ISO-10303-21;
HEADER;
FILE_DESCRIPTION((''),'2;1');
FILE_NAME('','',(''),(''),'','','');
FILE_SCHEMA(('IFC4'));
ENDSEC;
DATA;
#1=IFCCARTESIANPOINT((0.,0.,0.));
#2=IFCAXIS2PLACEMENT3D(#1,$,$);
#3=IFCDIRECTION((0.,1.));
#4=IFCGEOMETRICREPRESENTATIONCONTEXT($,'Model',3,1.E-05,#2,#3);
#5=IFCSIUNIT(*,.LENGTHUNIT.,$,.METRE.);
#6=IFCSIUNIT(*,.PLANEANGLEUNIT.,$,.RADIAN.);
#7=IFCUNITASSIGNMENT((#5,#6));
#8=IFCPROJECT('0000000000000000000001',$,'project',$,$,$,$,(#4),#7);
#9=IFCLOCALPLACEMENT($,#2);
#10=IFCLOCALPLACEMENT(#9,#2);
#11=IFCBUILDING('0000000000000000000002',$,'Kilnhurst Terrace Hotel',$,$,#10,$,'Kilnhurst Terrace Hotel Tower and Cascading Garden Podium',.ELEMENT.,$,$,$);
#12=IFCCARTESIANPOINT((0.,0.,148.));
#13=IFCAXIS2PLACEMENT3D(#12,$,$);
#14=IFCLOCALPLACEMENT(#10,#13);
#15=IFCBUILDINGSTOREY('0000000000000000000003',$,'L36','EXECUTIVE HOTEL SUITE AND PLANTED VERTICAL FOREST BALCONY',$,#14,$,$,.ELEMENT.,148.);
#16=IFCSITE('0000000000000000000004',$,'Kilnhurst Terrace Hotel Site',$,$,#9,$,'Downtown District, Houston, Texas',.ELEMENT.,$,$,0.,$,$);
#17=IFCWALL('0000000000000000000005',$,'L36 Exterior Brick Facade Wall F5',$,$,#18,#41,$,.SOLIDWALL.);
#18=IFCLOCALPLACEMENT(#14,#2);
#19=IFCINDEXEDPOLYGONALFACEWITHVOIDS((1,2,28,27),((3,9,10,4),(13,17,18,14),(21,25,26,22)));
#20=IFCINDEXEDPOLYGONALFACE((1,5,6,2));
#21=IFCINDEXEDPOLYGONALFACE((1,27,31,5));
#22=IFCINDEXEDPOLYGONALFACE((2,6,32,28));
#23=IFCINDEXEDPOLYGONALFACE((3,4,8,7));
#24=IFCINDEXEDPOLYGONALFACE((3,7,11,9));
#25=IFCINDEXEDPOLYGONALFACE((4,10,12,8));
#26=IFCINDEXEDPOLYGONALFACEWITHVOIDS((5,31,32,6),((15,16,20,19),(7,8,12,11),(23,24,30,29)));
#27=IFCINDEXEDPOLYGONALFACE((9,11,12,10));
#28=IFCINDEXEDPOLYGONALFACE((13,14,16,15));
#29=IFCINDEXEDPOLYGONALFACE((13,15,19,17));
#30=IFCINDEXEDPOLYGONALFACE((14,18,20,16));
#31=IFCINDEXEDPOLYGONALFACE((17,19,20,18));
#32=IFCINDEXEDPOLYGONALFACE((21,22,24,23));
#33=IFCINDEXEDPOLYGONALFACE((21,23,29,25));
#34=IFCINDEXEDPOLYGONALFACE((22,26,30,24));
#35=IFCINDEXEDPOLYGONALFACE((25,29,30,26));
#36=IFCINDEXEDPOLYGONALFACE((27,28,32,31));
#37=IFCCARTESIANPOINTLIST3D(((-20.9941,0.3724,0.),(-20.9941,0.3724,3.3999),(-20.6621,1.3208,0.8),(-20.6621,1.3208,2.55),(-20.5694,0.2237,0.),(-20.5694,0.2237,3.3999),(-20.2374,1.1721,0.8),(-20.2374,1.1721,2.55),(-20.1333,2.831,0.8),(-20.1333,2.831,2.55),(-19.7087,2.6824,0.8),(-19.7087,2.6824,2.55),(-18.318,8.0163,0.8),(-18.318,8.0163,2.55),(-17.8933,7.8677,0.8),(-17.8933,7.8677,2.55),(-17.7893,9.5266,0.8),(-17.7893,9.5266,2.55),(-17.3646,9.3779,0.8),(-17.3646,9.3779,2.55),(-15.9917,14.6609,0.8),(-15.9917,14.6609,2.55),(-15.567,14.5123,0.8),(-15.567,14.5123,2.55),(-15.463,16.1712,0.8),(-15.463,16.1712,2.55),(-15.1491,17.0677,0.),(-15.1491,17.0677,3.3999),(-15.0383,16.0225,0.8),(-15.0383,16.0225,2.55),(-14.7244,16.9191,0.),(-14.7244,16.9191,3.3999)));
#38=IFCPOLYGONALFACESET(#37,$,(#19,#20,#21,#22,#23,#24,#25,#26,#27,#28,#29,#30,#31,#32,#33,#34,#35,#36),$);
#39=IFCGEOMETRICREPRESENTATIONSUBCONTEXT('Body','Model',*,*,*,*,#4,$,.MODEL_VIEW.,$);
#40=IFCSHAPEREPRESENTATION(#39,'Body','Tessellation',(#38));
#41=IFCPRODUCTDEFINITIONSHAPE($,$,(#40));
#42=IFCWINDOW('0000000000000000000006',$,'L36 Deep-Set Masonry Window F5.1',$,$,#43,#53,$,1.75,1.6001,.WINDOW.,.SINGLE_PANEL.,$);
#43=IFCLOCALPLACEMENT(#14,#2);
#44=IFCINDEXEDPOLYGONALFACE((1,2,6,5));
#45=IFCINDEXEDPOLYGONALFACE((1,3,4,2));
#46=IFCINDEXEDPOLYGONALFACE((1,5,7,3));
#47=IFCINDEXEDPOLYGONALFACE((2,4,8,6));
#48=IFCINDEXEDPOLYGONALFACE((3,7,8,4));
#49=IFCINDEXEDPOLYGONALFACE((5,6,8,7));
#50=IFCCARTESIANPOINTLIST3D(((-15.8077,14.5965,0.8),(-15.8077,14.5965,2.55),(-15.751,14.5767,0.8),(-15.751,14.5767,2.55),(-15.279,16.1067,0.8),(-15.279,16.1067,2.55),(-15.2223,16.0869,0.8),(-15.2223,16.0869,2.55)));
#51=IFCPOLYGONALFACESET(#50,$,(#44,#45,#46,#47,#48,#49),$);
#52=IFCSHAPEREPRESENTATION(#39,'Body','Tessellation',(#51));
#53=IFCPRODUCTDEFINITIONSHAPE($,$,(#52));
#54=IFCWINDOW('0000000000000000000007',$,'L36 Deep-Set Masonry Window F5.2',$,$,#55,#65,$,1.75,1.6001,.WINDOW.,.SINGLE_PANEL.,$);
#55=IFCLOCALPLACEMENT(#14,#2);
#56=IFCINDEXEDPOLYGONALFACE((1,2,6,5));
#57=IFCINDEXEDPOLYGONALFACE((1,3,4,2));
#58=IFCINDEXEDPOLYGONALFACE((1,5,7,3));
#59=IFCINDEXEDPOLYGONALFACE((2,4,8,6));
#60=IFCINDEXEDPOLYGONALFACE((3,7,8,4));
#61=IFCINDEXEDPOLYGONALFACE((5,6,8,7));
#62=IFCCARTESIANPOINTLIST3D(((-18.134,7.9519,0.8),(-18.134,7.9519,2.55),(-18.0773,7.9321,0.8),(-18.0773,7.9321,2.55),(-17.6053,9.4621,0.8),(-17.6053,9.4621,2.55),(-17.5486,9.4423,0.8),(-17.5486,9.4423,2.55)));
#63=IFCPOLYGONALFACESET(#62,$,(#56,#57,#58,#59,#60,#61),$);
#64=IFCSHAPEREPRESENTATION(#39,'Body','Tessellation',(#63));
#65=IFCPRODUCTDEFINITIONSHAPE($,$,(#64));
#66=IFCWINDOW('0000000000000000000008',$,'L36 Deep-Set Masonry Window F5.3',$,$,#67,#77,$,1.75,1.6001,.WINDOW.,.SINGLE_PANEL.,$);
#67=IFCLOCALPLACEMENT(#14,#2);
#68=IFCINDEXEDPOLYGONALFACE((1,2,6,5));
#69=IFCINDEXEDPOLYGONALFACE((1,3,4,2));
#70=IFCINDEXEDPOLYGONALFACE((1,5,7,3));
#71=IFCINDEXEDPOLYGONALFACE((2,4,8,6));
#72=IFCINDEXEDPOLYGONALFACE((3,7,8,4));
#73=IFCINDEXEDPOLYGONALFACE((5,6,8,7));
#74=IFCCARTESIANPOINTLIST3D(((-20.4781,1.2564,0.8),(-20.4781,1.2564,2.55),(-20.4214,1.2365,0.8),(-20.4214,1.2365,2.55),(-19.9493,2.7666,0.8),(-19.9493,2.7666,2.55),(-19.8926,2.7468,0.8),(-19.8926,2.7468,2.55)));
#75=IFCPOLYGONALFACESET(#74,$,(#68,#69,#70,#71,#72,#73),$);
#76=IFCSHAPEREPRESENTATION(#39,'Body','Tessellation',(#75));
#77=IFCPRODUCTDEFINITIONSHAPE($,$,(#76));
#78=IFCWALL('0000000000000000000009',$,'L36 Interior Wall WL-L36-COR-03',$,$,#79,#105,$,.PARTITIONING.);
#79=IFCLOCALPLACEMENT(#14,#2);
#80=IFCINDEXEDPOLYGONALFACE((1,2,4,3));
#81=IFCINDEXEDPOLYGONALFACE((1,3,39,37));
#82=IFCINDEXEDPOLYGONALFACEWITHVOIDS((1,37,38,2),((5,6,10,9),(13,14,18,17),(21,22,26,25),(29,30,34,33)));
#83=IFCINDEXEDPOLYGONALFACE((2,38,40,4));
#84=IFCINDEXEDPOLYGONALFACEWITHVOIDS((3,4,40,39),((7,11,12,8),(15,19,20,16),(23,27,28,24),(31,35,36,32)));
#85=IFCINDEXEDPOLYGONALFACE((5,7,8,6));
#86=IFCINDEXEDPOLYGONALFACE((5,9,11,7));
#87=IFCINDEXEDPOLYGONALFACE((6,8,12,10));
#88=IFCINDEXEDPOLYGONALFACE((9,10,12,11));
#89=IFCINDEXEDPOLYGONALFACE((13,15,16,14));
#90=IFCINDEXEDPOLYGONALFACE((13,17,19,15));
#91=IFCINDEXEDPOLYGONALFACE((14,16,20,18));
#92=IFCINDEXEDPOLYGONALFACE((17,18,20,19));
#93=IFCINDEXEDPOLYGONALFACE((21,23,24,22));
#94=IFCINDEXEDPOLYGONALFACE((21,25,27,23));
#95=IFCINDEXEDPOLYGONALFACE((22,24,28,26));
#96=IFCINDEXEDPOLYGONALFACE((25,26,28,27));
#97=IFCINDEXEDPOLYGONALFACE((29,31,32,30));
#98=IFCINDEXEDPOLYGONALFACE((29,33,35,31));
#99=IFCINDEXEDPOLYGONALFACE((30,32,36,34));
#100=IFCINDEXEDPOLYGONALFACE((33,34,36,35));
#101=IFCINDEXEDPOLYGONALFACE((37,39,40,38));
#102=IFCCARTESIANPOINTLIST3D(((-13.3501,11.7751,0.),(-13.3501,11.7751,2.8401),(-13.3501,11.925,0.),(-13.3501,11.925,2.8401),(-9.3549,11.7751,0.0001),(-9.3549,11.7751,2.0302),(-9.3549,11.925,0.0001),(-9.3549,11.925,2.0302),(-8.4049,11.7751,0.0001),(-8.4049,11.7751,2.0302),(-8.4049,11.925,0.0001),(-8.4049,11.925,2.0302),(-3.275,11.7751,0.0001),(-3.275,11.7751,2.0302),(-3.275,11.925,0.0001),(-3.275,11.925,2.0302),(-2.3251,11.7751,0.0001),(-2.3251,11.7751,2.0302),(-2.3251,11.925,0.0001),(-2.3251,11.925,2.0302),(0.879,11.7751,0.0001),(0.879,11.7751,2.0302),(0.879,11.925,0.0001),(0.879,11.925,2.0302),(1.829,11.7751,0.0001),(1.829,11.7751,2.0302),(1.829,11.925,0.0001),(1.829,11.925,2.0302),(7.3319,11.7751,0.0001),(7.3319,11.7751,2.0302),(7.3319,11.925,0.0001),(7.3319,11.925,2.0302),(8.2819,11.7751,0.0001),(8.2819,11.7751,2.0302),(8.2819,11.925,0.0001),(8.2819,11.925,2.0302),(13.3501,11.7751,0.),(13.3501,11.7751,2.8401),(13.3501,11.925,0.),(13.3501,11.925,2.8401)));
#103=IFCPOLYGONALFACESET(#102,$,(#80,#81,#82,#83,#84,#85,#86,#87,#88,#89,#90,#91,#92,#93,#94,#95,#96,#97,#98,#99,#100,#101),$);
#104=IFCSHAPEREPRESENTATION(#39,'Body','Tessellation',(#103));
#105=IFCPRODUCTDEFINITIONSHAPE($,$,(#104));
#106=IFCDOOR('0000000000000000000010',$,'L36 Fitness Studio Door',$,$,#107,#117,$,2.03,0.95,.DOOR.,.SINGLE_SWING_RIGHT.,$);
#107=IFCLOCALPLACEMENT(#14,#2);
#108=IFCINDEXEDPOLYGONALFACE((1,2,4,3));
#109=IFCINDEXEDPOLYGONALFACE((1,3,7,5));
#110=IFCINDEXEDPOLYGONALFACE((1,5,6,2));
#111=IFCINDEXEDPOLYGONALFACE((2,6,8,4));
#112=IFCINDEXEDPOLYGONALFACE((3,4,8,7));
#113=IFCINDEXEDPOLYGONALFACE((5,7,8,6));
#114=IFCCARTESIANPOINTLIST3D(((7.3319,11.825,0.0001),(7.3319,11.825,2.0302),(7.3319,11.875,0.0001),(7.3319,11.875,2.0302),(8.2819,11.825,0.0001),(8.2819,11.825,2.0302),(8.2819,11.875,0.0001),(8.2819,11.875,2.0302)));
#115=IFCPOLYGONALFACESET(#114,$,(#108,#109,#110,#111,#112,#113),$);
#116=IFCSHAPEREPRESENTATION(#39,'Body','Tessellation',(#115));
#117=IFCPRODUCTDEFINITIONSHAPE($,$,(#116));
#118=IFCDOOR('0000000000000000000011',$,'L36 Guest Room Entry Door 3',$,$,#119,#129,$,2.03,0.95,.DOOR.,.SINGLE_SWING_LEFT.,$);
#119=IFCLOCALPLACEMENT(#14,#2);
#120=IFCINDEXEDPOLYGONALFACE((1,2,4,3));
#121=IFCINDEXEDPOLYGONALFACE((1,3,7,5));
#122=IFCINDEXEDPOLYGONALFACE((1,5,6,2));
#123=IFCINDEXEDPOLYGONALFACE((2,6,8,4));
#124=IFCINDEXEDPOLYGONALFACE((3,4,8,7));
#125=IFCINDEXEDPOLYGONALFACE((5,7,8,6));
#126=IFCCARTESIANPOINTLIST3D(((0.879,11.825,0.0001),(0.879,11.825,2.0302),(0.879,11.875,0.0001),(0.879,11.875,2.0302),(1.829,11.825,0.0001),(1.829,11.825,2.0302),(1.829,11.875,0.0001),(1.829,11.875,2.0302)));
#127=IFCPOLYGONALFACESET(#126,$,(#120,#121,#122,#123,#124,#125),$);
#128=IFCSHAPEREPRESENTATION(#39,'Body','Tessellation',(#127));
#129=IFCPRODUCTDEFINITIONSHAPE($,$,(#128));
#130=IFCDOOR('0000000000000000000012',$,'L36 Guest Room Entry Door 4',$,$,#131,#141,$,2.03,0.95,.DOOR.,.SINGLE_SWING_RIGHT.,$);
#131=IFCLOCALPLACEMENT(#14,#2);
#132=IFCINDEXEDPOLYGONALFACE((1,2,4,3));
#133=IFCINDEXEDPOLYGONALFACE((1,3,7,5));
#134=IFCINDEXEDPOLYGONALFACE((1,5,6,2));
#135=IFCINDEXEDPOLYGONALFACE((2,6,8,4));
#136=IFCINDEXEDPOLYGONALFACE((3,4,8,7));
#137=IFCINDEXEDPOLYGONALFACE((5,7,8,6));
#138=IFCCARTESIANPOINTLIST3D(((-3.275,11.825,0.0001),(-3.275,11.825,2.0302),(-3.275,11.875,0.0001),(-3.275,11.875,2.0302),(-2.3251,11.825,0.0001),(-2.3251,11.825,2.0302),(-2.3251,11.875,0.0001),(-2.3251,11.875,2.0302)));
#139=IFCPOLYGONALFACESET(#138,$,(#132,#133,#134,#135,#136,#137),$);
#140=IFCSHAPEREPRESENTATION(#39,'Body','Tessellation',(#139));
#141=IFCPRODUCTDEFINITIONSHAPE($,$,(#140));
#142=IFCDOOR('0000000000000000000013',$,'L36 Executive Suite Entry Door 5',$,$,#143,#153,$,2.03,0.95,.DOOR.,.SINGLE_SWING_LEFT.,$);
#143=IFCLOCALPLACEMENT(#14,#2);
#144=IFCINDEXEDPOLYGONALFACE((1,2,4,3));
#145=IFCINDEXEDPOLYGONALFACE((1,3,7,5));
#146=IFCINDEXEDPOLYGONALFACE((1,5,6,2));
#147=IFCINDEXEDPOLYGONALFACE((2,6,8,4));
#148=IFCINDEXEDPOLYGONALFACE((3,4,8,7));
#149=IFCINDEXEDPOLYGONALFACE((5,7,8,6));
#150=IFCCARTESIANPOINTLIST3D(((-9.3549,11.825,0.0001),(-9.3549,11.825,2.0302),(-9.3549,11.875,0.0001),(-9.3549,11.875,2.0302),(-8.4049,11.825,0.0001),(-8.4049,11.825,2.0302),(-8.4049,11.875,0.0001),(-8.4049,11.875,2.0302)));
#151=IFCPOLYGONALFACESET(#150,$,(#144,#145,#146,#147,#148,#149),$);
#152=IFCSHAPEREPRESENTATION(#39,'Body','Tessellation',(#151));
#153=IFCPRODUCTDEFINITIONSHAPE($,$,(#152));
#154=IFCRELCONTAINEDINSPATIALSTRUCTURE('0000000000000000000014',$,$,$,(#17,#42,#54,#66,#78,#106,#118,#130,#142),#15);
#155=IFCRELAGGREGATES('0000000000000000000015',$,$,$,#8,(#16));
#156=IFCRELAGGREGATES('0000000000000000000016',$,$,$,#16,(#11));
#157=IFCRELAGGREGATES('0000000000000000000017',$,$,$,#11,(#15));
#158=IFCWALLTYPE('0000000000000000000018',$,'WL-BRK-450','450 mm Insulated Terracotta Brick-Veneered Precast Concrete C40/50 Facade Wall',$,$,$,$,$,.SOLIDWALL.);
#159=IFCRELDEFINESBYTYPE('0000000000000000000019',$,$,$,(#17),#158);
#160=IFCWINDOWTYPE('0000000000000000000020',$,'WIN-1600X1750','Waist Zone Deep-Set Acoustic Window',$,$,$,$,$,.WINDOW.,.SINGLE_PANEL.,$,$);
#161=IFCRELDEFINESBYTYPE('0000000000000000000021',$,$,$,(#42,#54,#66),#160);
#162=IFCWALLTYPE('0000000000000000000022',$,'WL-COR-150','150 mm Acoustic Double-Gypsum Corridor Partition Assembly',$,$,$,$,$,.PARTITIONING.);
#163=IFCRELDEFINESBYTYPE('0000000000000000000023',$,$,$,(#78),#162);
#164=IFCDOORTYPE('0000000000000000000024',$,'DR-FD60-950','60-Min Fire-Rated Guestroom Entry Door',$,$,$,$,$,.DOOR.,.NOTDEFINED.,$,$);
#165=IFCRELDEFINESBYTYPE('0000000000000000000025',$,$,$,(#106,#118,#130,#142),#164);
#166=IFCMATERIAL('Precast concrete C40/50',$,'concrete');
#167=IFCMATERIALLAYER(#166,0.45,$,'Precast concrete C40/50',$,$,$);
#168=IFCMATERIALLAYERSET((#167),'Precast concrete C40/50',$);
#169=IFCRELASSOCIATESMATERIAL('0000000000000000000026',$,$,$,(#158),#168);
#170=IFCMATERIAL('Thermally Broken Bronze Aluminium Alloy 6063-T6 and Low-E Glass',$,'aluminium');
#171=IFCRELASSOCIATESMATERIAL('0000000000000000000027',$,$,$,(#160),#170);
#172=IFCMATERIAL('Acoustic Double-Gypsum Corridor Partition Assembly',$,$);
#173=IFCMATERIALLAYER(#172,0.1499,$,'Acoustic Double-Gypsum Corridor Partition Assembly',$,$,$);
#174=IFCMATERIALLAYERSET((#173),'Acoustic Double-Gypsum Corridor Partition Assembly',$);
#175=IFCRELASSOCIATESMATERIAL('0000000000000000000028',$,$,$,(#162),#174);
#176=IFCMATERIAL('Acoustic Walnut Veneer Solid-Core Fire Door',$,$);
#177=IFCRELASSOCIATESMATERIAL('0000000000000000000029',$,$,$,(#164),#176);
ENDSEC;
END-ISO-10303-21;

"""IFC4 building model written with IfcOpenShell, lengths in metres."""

from ifc_helpers import new_model, si_unit, direction, frame, frame_2d, origin, place, context, subcontext, project, spatial, rectangle, extrude, material, layer, layer_set, type_object, element, fill, save


model = new_model("IFC4")

# Units and contexts
model_context = context("Model", 3, precision=1e-05, world=origin(), true_north=direction((0.0, 1.0)))
body_context = subcontext(model_context, "Body", "Model", "MODEL_VIEW")
ifc_project = project(units=[si_unit("LENGTHUNIT", "METRE"), si_unit("PLANEANGLEUNIT", "RADIAN")], contexts=[model_context])

# Site, building, storey
site_placement = place(None, origin())
site = spatial("IfcSite", under=ifc_project, at=site_placement, Name="Kilnhurst Terrace Hotel Site", LongName="Downtown District, Houston, Texas", CompositionType="ELEMENT", RefElevation=0.0)
building_placement = place(site_placement, origin())
building = spatial("IfcBuilding", under=site, at=building_placement, Name="Kilnhurst Terrace Hotel", LongName="Kilnhurst Terrace Hotel Tower and Cascading Garden Podium", CompositionType="ELEMENT")
storey_placement = place(building_placement, frame((0.0, 0.0, 148.0)))
storey = spatial("IfcBuildingStorey", under=building, at=storey_placement, Name="L36", Description="EXECUTIVE HOTEL SUITE AND PLANTED VERTICAL FOREST BALCONY", CompositionType="ELEMENT", Elevation=148.0)

# Shared definitions
ifc_material_1 = material(Name="Precast concrete C40/50", Category="concrete")
ifc_layer_1 = layer(ifc_material_1, 0.45, Name="Precast concrete C40/50")
ifc_layer_set_1 = layer_set([ifc_layer_1], Name="Precast concrete C40/50")
wall_type_1 = type_object("IfcWallType", Name="WL-BRK-450", Description="450 mm Insulated Terracotta Brick-Veneered Precast Concrete C40/50 Facade Wall", PredefinedType="SOLIDWALL", material=ifc_layer_set_1)

# Wall, openings, windows
wall_1_placement = place(storey_placement, frame((-14.9368, 16.9934, 0.0), z_axis=(0.0, 0.0, 1.0), x_axis=(-0.330432, -0.94383, 0.0)))
wall_1 = element("IfcWall", 1, at=wall_1_placement, inside=storey, type_object=wall_type_1, Name="L36 Exterior Brick Facade Wall F5", PredefinedType="SOLIDWALL", context=body_context, shape_type="SweptSolid", body=[
    extrude(rectangle(XDim=17.689, YDim=0.45, at=frame_2d((8.8445, 0.0))), origin(), (0.0, 0.0, 1.0), 3.3999),
])
opening_1_placement = place(wall_1_placement, frame((0.95, 0.0, 0.8)))
opening_1 = element("IfcOpeningElement", 2, at=opening_1_placement, cuts=wall_1, PredefinedType="OPENING", context=body_context, shape_type="SweptSolid", body=[
    extrude(rectangle(XDim=1.6001, YDim=1.75, at=frame_2d((0.8, 0.875))), frame((0.0, 0.2349, 0.0), z_axis=(0.0, -1.0, 0.0), x_axis=(1.0, 0.0, 0.0)), (0.0, 0.0, 1.0), 0.47),
])
opening_2_placement = place(wall_1_placement, frame((7.99, 0.0, 0.8)))
opening_2 = element("IfcOpeningElement", 3, at=opening_2_placement, cuts=wall_1, PredefinedType="OPENING", context=body_context, shape_type="SweptSolid", body=[
    extrude(rectangle(XDim=1.6001, YDim=1.75, at=frame_2d((0.8, 0.875))), frame((0.0, 0.2349, 0.0), z_axis=(0.0, -1.0, 0.0), x_axis=(1.0, 0.0, 0.0)), (0.0, 0.0, 1.0), 0.47),
])
opening_3_placement = place(wall_1_placement, frame((15.084, 0.0, 0.8)))
opening_3 = element("IfcOpeningElement", 4, at=opening_3_placement, cuts=wall_1, PredefinedType="OPENING", context=body_context, shape_type="SweptSolid", body=[
    extrude(rectangle(XDim=1.6001, YDim=1.75, at=frame_2d((0.8, 0.875))), frame((0.0, 0.2349, 0.0), z_axis=(0.0, -1.0, 0.0), x_axis=(1.0, 0.0, 0.0)), (0.0, 0.0, 1.0), 0.47),
])
ifc_material_2 = material(Name="Thermally Broken Bronze Aluminium Alloy 6063-T6 and Low-E Glass", Category="aluminium")
window_type = type_object("IfcWindowType", Name="WIN-1600X1750", Description="Waist Zone Deep-Set Acoustic Window", PartitioningType="SINGLE_PANEL", PredefinedType="WINDOW", material=ifc_material_2)
window_1_placement = place(opening_1_placement, origin())
window_1 = element("IfcWindow", 5, at=window_1_placement, inside=storey, type_object=window_type, Name="L36 Deep-Set Masonry Window F5.1", OverallHeight=1.75, OverallWidth=1.6001, PartitioningType="SINGLE_PANEL", PredefinedType="WINDOW", context=body_context, shape_type="SweptSolid", body=[
    extrude(rectangle(XDim=1.6001, YDim=1.75, at=frame_2d((0.8, 0.875))), frame((0.0, 0.03, 0.0), z_axis=(0.0, -1.0, 0.0), x_axis=(1.0, 0.0, 0.0)), (0.0, 0.0, 1.0), 0.0601),
])
fill(opening_1, window_1)
window_2_placement = place(opening_2_placement, origin())
window_2 = element("IfcWindow", 6, at=window_2_placement, inside=storey, type_object=window_type, Name="L36 Deep-Set Masonry Window F5.2", OverallHeight=1.75, OverallWidth=1.6001, PartitioningType="SINGLE_PANEL", PredefinedType="WINDOW", context=body_context, shape_type="SweptSolid", body=[
    extrude(rectangle(XDim=1.6001, YDim=1.75, at=frame_2d((0.8, 0.875))), frame((0.0, 0.03, 0.0), z_axis=(0.0, -1.0, 0.0), x_axis=(1.0, 0.0, 0.0)), (0.0, 0.0, 1.0), 0.0601),
])
fill(opening_2, window_2)
window_3_placement = place(opening_3_placement, origin())
window_3 = element("IfcWindow", 7, at=window_3_placement, inside=storey, type_object=window_type, Name="L36 Deep-Set Masonry Window F5.3", OverallHeight=1.75, OverallWidth=1.6001, PartitioningType="SINGLE_PANEL", PredefinedType="WINDOW", context=body_context, shape_type="SweptSolid", body=[
    extrude(rectangle(XDim=1.6001, YDim=1.75, at=frame_2d((0.8, 0.875))), frame((0.0, 0.03, 0.0), z_axis=(0.0, -1.0, 0.0), x_axis=(1.0, 0.0, 0.0)), (0.0, 0.0, 1.0), 0.0601),
])
fill(opening_3, window_3)

# Wall, openings, doors
ifc_material_3 = material(Name="Acoustic Double-Gypsum Corridor Partition Assembly")
ifc_layer_2 = layer(ifc_material_3, 0.1499, Name="Acoustic Double-Gypsum Corridor Partition Assembly")
ifc_layer_set_2 = layer_set([ifc_layer_2], Name="Acoustic Double-Gypsum Corridor Partition Assembly")
wall_type_2 = type_object("IfcWallType", Name="WL-COR-150", Description="150 mm Acoustic Double-Gypsum Corridor Partition Assembly", PredefinedType="PARTITIONING", material=ifc_layer_set_2)
wall_2_placement = place(storey_placement, frame((-13.3501, 11.8501, 0.0), z_axis=(0.0, 0.0, 1.0), x_axis=(1.0, 0.0, 0.0)))
wall_2 = element("IfcWall", 8, at=wall_2_placement, inside=storey, type_object=wall_type_2, Name="L36 Interior Wall WL-L36-COR-03", PredefinedType="PARTITIONING", context=body_context, shape_type="SweptSolid", body=[
    extrude(rectangle(XDim=26.7002, YDim=0.1499, at=frame_2d((13.3501, 0.0))), origin(), (0.0, 0.0, 1.0), 2.8401),
])
opening_4_placement = place(wall_2_placement, frame((20.6819, 0.0, 0.0)))
opening_4 = element("IfcOpeningElement", 9, at=opening_4_placement, cuts=wall_2, PredefinedType="OPENING", context=body_context, shape_type="SweptSolid", body=[
    extrude(rectangle(XDim=0.95, YDim=2.03, at=frame_2d((0.4751, 1.0151))), frame((0.0, 0.085, 0.0), z_axis=(0.0, -1.0, 0.0), x_axis=(1.0, 0.0, 0.0)), (0.0, 0.0, 1.0), 0.1699),
])
opening_5_placement = place(wall_2_placement, frame((14.229, 0.0, 0.0)))
opening_5 = element("IfcOpeningElement", 10, at=opening_5_placement, cuts=wall_2, PredefinedType="OPENING", context=body_context, shape_type="SweptSolid", body=[
    extrude(rectangle(XDim=0.95, YDim=2.03, at=frame_2d((0.4751, 1.0151))), frame((0.0, 0.085, 0.0), z_axis=(0.0, -1.0, 0.0), x_axis=(1.0, 0.0, 0.0)), (0.0, 0.0, 1.0), 0.1699),
])
opening_6_placement = place(wall_2_placement, frame((10.075, 0.0, 0.0)))
opening_6 = element("IfcOpeningElement", 11, at=opening_6_placement, cuts=wall_2, PredefinedType="OPENING", context=body_context, shape_type="SweptSolid", body=[
    extrude(rectangle(XDim=0.95, YDim=2.03, at=frame_2d((0.4751, 1.0151))), frame((0.0, 0.085, 0.0), z_axis=(0.0, -1.0, 0.0), x_axis=(1.0, 0.0, 0.0)), (0.0, 0.0, 1.0), 0.1699),
])
opening_7_placement = place(wall_2_placement, frame((3.9951, 0.0, 0.0)))
opening_7 = element("IfcOpeningElement", 12, at=opening_7_placement, cuts=wall_2, PredefinedType="OPENING", context=body_context, shape_type="SweptSolid", body=[
    extrude(rectangle(XDim=0.95, YDim=2.03, at=frame_2d((0.4751, 1.0151))), frame((0.0, 0.085, 0.0), z_axis=(0.0, -1.0, 0.0), x_axis=(1.0, 0.0, 0.0)), (0.0, 0.0, 1.0), 0.1699),
])
ifc_material_4 = material(Name="Acoustic Walnut Veneer Solid-Core Fire Door")
door_type_1 = type_object("IfcDoorType", Name="DR-FD60-950", Description="60-Min Fire-Rated Guestroom Entry Door", OperationType="NOTDEFINED", PredefinedType="DOOR", material=ifc_material_4)
door_1_placement = place(opening_4_placement, origin())
door_1 = element("IfcDoor", 13, at=door_1_placement, inside=storey, type_object=door_type_1, Name="L36 Fitness Studio Door", OperationType="SINGLE_SWING_RIGHT", OverallHeight=2.03, OverallWidth=0.95, PredefinedType="DOOR", context=body_context, shape_type="SweptSolid", body=[
    extrude(rectangle(XDim=0.95, YDim=2.03, at=frame_2d((0.4751, 1.0151))), frame((0.0, 0.0249, 0.0), z_axis=(0.0, -1.0, 0.0), x_axis=(1.0, 0.0, 0.0)), (0.0, 0.0, 1.0), 0.05),
])
fill(opening_4, door_1)
door_2_placement = place(opening_5_placement, origin())
door_2 = element("IfcDoor", 14, at=door_2_placement, inside=storey, type_object=door_type_1, Name="L36 Guest Room Entry Door 3", OperationType="SINGLE_SWING_LEFT", OverallHeight=2.03, OverallWidth=0.95, PredefinedType="DOOR", context=body_context, shape_type="SweptSolid", body=[
    extrude(rectangle(XDim=0.95, YDim=2.03, at=frame_2d((0.4751, 1.0151))), frame((0.0, 0.0249, 0.0), z_axis=(0.0, -1.0, 0.0), x_axis=(1.0, 0.0, 0.0)), (0.0, 0.0, 1.0), 0.05),
])
fill(opening_5, door_2)
door_3_placement = place(opening_6_placement, origin())
door_3 = element("IfcDoor", 15, at=door_3_placement, inside=storey, type_object=door_type_1, Name="L36 Guest Room Entry Door 4", OperationType="SINGLE_SWING_RIGHT", OverallHeight=2.03, OverallWidth=0.95, PredefinedType="DOOR", context=body_context, shape_type="SweptSolid", body=[
    extrude(rectangle(XDim=0.95, YDim=2.03, at=frame_2d((0.4751, 1.0151))), frame((0.0, 0.0249, 0.0), z_axis=(0.0, -1.0, 0.0), x_axis=(1.0, 0.0, 0.0)), (0.0, 0.0, 1.0), 0.05),
])
fill(opening_6, door_3)
door_4_placement = place(opening_7_placement, origin())
door_4 = element("IfcDoor", 16, at=door_4_placement, inside=storey, type_object=door_type_1, Name="L36 Executive Suite Entry Door 5", OperationType="SINGLE_SWING_LEFT", OverallHeight=2.03, OverallWidth=0.95, PredefinedType="DOOR", context=body_context, shape_type="SweptSolid", body=[
    extrude(rectangle(XDim=0.95, YDim=2.03, at=frame_2d((0.4751, 1.0151))), frame((0.0, 0.0249, 0.0), z_axis=(0.0, -1.0, 0.0), x_axis=(1.0, 0.0, 0.0)), (0.0, 0.0, 1.0), 0.05),
])
fill(opening_7, door_4)

save(model, "model.ifc")
